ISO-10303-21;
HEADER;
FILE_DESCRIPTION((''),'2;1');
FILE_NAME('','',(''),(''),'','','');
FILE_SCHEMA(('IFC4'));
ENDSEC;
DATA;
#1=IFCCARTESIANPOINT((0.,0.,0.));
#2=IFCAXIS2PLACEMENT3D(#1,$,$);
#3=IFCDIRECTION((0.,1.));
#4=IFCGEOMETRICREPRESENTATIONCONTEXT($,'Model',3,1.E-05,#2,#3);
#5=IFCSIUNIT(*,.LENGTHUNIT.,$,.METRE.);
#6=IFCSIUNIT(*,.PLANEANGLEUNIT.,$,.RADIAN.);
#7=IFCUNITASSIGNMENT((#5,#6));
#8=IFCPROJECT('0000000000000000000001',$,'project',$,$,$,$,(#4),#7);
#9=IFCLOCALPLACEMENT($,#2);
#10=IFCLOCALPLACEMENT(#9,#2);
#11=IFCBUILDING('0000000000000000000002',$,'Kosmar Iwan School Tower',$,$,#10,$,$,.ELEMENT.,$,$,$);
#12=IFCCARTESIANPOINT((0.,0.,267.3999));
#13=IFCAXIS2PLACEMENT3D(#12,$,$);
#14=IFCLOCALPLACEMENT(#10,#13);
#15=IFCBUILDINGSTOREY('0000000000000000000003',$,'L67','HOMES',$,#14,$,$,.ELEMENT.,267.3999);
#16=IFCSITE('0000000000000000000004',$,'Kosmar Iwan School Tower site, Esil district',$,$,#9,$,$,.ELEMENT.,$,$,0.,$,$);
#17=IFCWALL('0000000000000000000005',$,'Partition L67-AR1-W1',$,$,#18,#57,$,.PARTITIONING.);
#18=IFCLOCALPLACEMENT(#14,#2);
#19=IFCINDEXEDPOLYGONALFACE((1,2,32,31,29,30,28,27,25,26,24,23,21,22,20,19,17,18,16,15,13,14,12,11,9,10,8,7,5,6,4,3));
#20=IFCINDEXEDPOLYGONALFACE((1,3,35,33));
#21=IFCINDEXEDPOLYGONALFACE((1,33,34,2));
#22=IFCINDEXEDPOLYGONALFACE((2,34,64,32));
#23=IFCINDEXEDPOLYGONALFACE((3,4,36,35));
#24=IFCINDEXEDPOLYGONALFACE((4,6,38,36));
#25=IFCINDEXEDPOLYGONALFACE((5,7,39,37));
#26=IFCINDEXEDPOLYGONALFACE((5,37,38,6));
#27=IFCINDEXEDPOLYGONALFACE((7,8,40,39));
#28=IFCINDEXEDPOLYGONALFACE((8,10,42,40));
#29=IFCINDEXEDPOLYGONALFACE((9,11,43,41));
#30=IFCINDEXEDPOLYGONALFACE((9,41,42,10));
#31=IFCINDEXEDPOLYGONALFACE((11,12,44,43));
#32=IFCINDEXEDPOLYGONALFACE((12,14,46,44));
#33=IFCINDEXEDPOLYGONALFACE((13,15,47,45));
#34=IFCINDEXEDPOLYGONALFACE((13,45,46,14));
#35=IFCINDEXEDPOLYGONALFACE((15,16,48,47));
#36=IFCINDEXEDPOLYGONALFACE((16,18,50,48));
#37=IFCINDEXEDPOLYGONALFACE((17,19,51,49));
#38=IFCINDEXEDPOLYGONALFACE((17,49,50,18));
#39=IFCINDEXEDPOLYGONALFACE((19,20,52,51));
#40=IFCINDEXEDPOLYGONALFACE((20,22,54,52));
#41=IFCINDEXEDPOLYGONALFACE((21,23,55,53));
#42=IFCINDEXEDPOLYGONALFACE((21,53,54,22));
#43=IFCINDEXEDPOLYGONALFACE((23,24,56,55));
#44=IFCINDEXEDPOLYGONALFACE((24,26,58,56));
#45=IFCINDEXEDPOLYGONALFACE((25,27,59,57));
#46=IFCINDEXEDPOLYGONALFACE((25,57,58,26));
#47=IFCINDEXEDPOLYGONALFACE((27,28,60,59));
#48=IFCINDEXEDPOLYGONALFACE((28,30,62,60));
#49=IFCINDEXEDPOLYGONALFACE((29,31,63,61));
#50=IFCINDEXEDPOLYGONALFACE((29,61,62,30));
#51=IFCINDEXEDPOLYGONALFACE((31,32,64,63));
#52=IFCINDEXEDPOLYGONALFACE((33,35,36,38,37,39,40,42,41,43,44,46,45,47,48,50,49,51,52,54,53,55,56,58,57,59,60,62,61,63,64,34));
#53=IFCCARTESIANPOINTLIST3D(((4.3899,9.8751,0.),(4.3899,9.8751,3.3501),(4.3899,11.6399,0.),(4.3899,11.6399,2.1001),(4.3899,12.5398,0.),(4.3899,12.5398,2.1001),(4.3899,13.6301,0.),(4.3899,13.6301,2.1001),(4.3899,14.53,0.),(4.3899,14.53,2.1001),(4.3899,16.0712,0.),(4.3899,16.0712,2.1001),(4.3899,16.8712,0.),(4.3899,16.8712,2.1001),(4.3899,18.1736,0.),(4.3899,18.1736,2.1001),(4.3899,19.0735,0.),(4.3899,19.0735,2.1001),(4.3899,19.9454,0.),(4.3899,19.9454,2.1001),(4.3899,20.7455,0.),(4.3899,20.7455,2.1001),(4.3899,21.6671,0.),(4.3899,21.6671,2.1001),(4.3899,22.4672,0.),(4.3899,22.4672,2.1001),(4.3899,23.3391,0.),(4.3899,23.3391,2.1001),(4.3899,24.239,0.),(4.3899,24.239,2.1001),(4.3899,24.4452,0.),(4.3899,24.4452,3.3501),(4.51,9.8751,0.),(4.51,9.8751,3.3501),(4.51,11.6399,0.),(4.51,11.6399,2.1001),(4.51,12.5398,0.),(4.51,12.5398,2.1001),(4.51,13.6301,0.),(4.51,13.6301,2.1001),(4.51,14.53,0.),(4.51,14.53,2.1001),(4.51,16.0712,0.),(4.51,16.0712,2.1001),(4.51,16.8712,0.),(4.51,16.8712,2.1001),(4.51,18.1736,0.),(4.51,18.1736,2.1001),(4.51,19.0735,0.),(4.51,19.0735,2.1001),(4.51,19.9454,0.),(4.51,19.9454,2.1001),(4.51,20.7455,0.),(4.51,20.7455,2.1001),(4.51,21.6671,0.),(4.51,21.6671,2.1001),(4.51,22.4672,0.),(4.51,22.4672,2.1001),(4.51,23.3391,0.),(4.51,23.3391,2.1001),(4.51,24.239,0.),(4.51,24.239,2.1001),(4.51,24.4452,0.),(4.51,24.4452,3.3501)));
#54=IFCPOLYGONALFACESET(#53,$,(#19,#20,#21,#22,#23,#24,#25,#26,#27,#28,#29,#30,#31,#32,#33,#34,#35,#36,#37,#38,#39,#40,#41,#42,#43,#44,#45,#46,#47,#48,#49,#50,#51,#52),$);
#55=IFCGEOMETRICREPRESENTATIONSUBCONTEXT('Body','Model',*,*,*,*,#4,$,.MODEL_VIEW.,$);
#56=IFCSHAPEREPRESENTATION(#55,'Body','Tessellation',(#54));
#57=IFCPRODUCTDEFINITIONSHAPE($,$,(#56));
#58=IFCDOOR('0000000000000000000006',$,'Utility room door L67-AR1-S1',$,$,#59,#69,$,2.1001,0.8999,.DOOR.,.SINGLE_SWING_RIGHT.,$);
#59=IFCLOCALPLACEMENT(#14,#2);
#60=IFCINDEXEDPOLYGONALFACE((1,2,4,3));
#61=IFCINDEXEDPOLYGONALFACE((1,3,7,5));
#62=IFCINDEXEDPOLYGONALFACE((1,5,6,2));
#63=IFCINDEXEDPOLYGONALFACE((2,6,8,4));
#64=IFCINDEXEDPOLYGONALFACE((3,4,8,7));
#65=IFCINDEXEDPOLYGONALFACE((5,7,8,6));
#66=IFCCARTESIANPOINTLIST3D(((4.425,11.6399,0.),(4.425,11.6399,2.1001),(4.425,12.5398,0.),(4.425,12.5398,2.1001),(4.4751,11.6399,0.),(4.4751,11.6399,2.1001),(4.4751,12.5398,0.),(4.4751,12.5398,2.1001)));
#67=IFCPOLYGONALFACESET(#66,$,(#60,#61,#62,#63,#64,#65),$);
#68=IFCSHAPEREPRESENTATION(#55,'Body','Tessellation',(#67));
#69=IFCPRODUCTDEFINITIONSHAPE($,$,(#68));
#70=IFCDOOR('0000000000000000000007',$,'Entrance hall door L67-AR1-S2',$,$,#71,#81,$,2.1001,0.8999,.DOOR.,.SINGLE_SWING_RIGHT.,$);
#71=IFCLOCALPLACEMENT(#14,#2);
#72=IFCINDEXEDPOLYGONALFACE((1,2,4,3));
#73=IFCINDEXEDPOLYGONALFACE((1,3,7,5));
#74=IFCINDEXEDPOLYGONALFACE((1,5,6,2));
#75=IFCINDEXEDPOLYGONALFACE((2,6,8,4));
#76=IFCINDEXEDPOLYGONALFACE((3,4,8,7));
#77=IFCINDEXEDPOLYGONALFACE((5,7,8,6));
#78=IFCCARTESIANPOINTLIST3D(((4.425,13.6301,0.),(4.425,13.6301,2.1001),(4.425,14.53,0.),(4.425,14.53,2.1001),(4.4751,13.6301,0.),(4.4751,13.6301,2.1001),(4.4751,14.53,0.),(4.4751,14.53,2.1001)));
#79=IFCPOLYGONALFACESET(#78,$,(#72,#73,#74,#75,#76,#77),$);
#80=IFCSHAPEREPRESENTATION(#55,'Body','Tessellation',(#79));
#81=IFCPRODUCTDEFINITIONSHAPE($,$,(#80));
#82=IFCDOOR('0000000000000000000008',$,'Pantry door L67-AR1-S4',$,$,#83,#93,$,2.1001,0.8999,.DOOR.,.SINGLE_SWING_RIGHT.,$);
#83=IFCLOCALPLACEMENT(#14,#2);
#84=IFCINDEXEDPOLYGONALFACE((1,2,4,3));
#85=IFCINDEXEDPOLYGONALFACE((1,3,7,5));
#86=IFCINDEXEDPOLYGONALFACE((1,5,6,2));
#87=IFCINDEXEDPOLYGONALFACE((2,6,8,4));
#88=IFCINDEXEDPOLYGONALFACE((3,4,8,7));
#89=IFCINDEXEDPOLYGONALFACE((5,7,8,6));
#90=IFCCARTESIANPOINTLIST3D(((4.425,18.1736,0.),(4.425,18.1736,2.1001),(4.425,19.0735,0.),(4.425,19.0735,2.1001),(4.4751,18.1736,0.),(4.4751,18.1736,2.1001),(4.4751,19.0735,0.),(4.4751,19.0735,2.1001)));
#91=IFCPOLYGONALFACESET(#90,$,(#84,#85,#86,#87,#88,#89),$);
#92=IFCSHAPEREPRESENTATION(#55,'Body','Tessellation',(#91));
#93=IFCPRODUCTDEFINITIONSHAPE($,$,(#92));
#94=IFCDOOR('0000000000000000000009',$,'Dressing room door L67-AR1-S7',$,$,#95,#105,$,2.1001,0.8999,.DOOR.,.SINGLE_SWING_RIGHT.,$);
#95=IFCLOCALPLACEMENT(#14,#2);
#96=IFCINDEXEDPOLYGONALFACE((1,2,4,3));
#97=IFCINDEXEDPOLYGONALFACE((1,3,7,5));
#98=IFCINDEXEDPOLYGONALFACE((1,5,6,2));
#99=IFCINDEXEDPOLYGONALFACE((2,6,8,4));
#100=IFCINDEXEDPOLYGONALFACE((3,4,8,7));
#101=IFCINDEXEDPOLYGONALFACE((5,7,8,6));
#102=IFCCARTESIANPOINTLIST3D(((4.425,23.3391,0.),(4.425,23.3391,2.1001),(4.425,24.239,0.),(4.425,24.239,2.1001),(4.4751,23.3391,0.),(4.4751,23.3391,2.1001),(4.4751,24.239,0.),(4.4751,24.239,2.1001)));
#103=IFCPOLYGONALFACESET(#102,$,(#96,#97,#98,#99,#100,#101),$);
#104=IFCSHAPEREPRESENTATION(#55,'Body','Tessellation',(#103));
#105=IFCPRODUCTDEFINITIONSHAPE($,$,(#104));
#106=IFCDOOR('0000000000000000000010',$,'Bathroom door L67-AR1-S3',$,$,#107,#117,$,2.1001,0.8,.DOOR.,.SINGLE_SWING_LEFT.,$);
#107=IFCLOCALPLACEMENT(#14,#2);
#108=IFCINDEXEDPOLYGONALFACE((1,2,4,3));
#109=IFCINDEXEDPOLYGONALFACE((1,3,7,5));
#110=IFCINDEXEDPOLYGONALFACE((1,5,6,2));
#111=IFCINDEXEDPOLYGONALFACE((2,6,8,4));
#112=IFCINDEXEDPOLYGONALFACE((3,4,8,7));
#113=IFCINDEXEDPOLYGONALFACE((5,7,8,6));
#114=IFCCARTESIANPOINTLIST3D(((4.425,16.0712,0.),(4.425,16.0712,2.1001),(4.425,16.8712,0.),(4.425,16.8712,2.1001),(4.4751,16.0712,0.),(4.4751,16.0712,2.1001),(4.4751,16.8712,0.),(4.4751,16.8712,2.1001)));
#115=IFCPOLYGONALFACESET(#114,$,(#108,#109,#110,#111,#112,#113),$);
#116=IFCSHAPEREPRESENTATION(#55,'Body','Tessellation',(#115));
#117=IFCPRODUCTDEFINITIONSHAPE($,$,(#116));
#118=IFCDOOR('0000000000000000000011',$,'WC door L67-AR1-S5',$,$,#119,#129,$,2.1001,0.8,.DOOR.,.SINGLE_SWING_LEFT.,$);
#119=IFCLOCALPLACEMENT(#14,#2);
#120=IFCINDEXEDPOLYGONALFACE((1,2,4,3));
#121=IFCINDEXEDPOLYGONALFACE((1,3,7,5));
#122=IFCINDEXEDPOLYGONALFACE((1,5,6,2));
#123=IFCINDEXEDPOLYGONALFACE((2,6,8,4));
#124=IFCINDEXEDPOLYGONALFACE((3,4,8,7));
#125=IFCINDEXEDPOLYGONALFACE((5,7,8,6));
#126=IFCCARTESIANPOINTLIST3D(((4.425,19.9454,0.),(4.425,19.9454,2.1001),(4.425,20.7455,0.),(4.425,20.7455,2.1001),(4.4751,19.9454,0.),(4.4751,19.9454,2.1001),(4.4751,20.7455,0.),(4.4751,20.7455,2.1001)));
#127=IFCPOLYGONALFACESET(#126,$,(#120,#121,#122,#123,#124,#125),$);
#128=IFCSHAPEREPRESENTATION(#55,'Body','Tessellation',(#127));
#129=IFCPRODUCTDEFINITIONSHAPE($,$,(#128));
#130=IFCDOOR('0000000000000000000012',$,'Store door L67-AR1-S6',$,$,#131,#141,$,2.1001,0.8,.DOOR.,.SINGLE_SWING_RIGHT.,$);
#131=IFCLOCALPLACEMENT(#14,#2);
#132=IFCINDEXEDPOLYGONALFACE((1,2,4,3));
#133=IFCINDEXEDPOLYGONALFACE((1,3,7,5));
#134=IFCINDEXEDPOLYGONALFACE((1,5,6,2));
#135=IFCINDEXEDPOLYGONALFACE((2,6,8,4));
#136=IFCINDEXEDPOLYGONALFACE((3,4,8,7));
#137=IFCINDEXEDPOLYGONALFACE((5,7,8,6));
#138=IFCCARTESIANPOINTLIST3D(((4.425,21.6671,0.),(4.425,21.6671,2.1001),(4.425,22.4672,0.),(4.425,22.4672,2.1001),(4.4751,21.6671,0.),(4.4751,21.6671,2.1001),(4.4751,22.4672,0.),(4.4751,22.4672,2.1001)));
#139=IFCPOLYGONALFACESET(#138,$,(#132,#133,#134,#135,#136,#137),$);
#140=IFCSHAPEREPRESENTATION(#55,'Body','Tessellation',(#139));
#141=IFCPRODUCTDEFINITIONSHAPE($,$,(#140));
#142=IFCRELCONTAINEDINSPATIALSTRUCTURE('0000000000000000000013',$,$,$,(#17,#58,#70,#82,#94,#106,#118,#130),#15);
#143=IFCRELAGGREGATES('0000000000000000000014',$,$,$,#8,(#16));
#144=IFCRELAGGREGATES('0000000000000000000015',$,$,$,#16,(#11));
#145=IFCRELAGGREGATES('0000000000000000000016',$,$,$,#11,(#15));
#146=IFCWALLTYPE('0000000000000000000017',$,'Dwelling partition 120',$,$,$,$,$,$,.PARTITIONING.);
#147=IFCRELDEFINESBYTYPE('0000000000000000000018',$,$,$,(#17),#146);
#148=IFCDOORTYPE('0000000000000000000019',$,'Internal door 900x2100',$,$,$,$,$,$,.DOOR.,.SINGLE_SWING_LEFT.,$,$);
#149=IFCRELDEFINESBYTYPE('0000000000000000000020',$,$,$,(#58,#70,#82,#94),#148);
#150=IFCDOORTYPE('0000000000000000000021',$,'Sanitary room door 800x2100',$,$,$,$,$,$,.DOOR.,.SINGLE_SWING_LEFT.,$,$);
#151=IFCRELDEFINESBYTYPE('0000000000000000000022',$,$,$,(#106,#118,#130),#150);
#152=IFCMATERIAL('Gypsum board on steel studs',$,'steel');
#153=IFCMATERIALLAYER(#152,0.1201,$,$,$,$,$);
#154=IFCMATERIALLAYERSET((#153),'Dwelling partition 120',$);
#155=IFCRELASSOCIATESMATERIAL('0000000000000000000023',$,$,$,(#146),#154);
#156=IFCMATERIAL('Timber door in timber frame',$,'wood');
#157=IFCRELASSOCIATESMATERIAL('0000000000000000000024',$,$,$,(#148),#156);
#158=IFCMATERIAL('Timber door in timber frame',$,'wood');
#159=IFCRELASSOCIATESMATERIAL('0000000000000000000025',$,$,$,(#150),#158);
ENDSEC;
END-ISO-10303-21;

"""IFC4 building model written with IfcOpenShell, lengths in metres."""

from ifc_helpers import new_model, si_unit, direction, frame, frame_2d, origin, place, context, subcontext, project, spatial, rectangle, extrude, material, layer, layer_set, type_object, element, fill, save


model = new_model("IFC4")

# Units and contexts
model_context = context("Model", 3, precision=1e-05, world=origin(), true_north=direction((0.0, 1.0)))
body_context = subcontext(model_context, "Body", "Model", "MODEL_VIEW")
ifc_project = project(units=[si_unit("LENGTHUNIT", "METRE"), si_unit("PLANEANGLEUNIT", "RADIAN")], contexts=[model_context])

# Site, building, storey
site_placement = place(None, origin())
site = spatial("IfcSite", under=ifc_project, at=site_placement, Name="Kosmar Iwan School Tower site, Esil district", CompositionType="ELEMENT", RefElevation=0.0)
building_placement = place(site_placement, origin())
building = spatial("IfcBuilding", under=site, at=building_placement, Name="Kosmar Iwan School Tower", CompositionType="ELEMENT")
storey_placement = place(building_placement, frame((0.0, 0.0, 267.3999)))
storey = spatial("IfcBuildingStorey", under=building, at=storey_placement, Name="L67", Description="HOMES", CompositionType="ELEMENT", Elevation=267.3999)

# Wall, openings, doors
ifc_material_1 = material(Name="Gypsum board on steel studs", Category="steel")
ifc_layer = layer(ifc_material_1, 0.1201)
ifc_layer_set = layer_set([ifc_layer], Name="Dwelling partition 120")
wall_type = type_object("IfcWallType", Name="Dwelling partition 120", PredefinedType="PARTITIONING", material=ifc_layer_set)
wall_1_placement = place(storey_placement, frame((4.45, 9.875, 0.0), z_axis=(0.0, 0.0, 1.0), x_axis=(0.0, 1.0, 0.0)))
wall_1 = element("IfcWall", 1, at=wall_1_placement, inside=storey, type_object=wall_type, Name="Partition L67-AR1-W1", PredefinedType="PARTITIONING", context=body_context, shape_type="SweptSolid", body=[
    extrude(rectangle(XDim=14.5701, YDim=0.1201, at=frame_2d((7.2852, 0.0))), origin(), (0.0, 0.0, 1.0), 3.3501),
])
opening_1_placement = place(wall_1_placement, frame((1.7649, 0.0, 0.0)))
opening_1 = element("IfcOpeningElement", 2, at=opening_1_placement, cuts=wall_1, PredefinedType="OPENING", context=body_context, shape_type="SweptSolid", body=[
    extrude(rectangle(XDim=0.8999, YDim=2.1001, at=frame_2d((0.45, 1.05))), frame((0.0, 0.072, 0.0), z_axis=(0.0, -1.0, 0.0), x_axis=(1.0, 0.0, 0.0)), (0.0, 0.0, 1.0), 0.144),
])
opening_2_placement = place(wall_1_placement, frame((3.7551, 0.0, 0.0)))
opening_2 = element("IfcOpeningElement", 3, at=opening_2_placement, cuts=wall_1, PredefinedType="OPENING", context=body_context, shape_type="SweptSolid", body=[
    extrude(rectangle(XDim=0.8999, YDim=2.1001, at=frame_2d((0.45, 1.05))), frame((0.0, 0.072, 0.0), z_axis=(0.0, -1.0, 0.0), x_axis=(1.0, 0.0, 0.0)), (0.0, 0.0, 1.0), 0.144),
])
opening_3_placement = place(wall_1_placement, frame((6.1963, 0.0, 0.0)))
opening_3 = element("IfcOpeningElement", 4, at=opening_3_placement, cuts=wall_1, PredefinedType="OPENING", context=body_context, shape_type="SweptSolid", body=[
    extrude(rectangle(XDim=0.8, YDim=2.1001, at=frame_2d((0.3999, 1.05))), frame((0.0, 0.072, 0.0), z_axis=(0.0, -1.0, 0.0), x_axis=(1.0, 0.0, 0.0)), (0.0, 0.0, 1.0), 0.144),
])
opening_4_placement = place(wall_1_placement, frame((8.2986, 0.0, 0.0)))
opening_4 = element("IfcOpeningElement", 5, at=opening_4_placement, cuts=wall_1, PredefinedType="OPENING", context=body_context, shape_type="SweptSolid", body=[
    extrude(rectangle(XDim=0.8999, YDim=2.1001, at=frame_2d((0.45, 1.05))), frame((0.0, 0.072, 0.0), z_axis=(0.0, -1.0, 0.0), x_axis=(1.0, 0.0, 0.0)), (0.0, 0.0, 1.0), 0.144),
])
opening_5_placement = place(wall_1_placement, frame((10.0706, 0.0, 0.0)))
opening_5 = element("IfcOpeningElement", 6, at=opening_5_placement, cuts=wall_1, PredefinedType="OPENING", context=body_context, shape_type="SweptSolid", body=[
    extrude(rectangle(XDim=0.8, YDim=2.1001, at=frame_2d((0.3999, 1.05))), frame((0.0, 0.072, 0.0), z_axis=(0.0, -1.0, 0.0), x_axis=(1.0, 0.0, 0.0)), (0.0, 0.0, 1.0), 0.144),
])
opening_6_placement = place(wall_1_placement, frame((11.7922, 0.0, 0.0)))
opening_6 = element("IfcOpeningElement", 7, at=opening_6_placement, cuts=wall_1, PredefinedType="OPENING", context=body_context, shape_type="SweptSolid", body=[
    extrude(rectangle(XDim=0.8, YDim=2.1001, at=frame_2d((0.3999, 1.05))), frame((0.0, 0.072, 0.0), z_axis=(0.0, -1.0, 0.0), x_axis=(1.0, 0.0, 0.0)), (0.0, 0.0, 1.0), 0.144),
])
opening_7_placement = place(wall_1_placement, frame((13.4641, 0.0, 0.0)))
opening_7 = element("IfcOpeningElement", 8, at=opening_7_placement, cuts=wall_1, PredefinedType="OPENING", context=body_context, shape_type="SweptSolid", body=[
    extrude(rectangle(XDim=0.8999, YDim=2.1001, at=frame_2d((0.45, 1.05))), frame((0.0, 0.072, 0.0), z_axis=(0.0, -1.0, 0.0), x_axis=(1.0, 0.0, 0.0)), (0.0, 0.0, 1.0), 0.144),
])
ifc_material_2 = material(Name="Timber door in timber frame", Category="wood")
door_type_1 = type_object("IfcDoorType", Name="Internal door 900x2100", OperationType="SINGLE_SWING_LEFT", PredefinedType="DOOR", material=ifc_material_2)
door_1_placement = place(opening_1_placement, origin())
door_1 = element("IfcDoor", 9, at=door_1_placement, inside=storey, type_object=door_type_1, Name="Utility room door L67-AR1-S1", OperationType="SINGLE_SWING_RIGHT", OverallHeight=2.1001, OverallWidth=0.8999, PredefinedType="DOOR", context=body_context, shape_type="SweptSolid", body=[
    extrude(rectangle(XDim=0.8999, YDim=2.1001, at=frame_2d((0.45, 1.05))), frame((0.0, 0.0249, 0.0), z_axis=(0.0, -1.0, 0.0), x_axis=(1.0, 0.0, 0.0)), (0.0, 0.0, 1.0), 0.05),
])
fill(opening_1, door_1)
door_2_placement = place(opening_2_placement, origin())
door_2 = element("IfcDoor", 10, at=door_2_placement, inside=storey, type_object=door_type_1, Name="Entrance hall door L67-AR1-S2", OperationType="SINGLE_SWING_RIGHT", OverallHeight=2.1001, OverallWidth=0.8999, PredefinedType="DOOR", context=body_context, shape_type="SweptSolid", body=[
    extrude(rectangle(XDim=0.8999, YDim=2.1001, at=frame_2d((0.45, 1.05))), frame((0.0, 0.0249, 0.0), z_axis=(0.0, -1.0, 0.0), x_axis=(1.0, 0.0, 0.0)), (0.0, 0.0, 1.0), 0.05),
])
fill(opening_2, door_2)
door_3_placement = place(opening_4_placement, origin())
door_3 = element("IfcDoor", 11, at=door_3_placement, inside=storey, type_object=door_type_1, Name="Pantry door L67-AR1-S4", OperationType="SINGLE_SWING_RIGHT", OverallHeight=2.1001, OverallWidth=0.8999, PredefinedType="DOOR", context=body_context, shape_type="SweptSolid", body=[
    extrude(rectangle(XDim=0.8999, YDim=2.1001, at=frame_2d((0.45, 1.05))), frame((0.0, 0.0249, 0.0), z_axis=(0.0, -1.0, 0.0), x_axis=(1.0, 0.0, 0.0)), (0.0, 0.0, 1.0), 0.05),
])
fill(opening_4, door_3)
door_4_placement = place(opening_7_placement, origin())
door_4 = element("IfcDoor", 12, at=door_4_placement, inside=storey, type_object=door_type_1, Name="Dressing room door L67-AR1-S7", OperationType="SINGLE_SWING_RIGHT", OverallHeight=2.1001, OverallWidth=0.8999, PredefinedType="DOOR", context=body_context, shape_type="SweptSolid", body=[
    extrude(rectangle(XDim=0.8999, YDim=2.1001, at=frame_2d((0.45, 1.05))), frame((0.0, 0.0249, 0.0), z_axis=(0.0, -1.0, 0.0), x_axis=(1.0, 0.0, 0.0)), (0.0, 0.0, 1.0), 0.05),
])
fill(opening_7, door_4)
ifc_material_3 = material(Name="Timber door in timber frame", Category="wood")
door_type_2 = type_object("IfcDoorType", Name="Sanitary room door 800x2100", OperationType="SINGLE_SWING_LEFT", PredefinedType="DOOR", material=ifc_material_3)
door_5_placement = place(opening_3_placement, origin())
door_5 = element("IfcDoor", 13, at=door_5_placement, inside=storey, type_object=door_type_2, Name="Bathroom door L67-AR1-S3", OperationType="SINGLE_SWING_LEFT", OverallHeight=2.1001, OverallWidth=0.8, PredefinedType="DOOR", context=body_context, shape_type="SweptSolid", body=[
    extrude(rectangle(XDim=0.8, YDim=2.1001, at=frame_2d((0.3999, 1.05))), frame((0.0, 0.0249, 0.0), z_axis=(0.0, -1.0, 0.0), x_axis=(1.0, 0.0, 0.0)), (0.0, 0.0, 1.0), 0.05),
])
fill(opening_3, door_5)
door_6_placement = place(opening_5_placement, origin())
door_6 = element("IfcDoor", 14, at=door_6_placement, inside=storey, type_object=door_type_2, Name="WC door L67-AR1-S5", OperationType="SINGLE_SWING_LEFT", OverallHeight=2.1001, OverallWidth=0.8, PredefinedType="DOOR", context=body_context, shape_type="SweptSolid", body=[
    extrude(rectangle(XDim=0.8, YDim=2.1001, at=frame_2d((0.3999, 1.05))), frame((0.0, 0.0249, 0.0), z_axis=(0.0, -1.0, 0.0), x_axis=(1.0, 0.0, 0.0)), (0.0, 0.0, 1.0), 0.05),
])
fill(opening_5, door_6)
door_7_placement = place(opening_6_placement, origin())
door_7 = element("IfcDoor", 15, at=door_7_placement, inside=storey, type_object=door_type_2, Name="Store door L67-AR1-S6", OperationType="SINGLE_SWING_RIGHT", OverallHeight=2.1001, OverallWidth=0.8, PredefinedType="DOOR", context=body_context, shape_type="SweptSolid", body=[
    extrude(rectangle(XDim=0.8, YDim=2.1001, at=frame_2d((0.3999, 1.05))), frame((0.0, 0.0249, 0.0), z_axis=(0.0, -1.0, 0.0), x_axis=(1.0, 0.0, 0.0)), (0.0, 0.0, 1.0), 0.05),
])
fill(opening_6, door_7)

save(model, "model.ifc")
